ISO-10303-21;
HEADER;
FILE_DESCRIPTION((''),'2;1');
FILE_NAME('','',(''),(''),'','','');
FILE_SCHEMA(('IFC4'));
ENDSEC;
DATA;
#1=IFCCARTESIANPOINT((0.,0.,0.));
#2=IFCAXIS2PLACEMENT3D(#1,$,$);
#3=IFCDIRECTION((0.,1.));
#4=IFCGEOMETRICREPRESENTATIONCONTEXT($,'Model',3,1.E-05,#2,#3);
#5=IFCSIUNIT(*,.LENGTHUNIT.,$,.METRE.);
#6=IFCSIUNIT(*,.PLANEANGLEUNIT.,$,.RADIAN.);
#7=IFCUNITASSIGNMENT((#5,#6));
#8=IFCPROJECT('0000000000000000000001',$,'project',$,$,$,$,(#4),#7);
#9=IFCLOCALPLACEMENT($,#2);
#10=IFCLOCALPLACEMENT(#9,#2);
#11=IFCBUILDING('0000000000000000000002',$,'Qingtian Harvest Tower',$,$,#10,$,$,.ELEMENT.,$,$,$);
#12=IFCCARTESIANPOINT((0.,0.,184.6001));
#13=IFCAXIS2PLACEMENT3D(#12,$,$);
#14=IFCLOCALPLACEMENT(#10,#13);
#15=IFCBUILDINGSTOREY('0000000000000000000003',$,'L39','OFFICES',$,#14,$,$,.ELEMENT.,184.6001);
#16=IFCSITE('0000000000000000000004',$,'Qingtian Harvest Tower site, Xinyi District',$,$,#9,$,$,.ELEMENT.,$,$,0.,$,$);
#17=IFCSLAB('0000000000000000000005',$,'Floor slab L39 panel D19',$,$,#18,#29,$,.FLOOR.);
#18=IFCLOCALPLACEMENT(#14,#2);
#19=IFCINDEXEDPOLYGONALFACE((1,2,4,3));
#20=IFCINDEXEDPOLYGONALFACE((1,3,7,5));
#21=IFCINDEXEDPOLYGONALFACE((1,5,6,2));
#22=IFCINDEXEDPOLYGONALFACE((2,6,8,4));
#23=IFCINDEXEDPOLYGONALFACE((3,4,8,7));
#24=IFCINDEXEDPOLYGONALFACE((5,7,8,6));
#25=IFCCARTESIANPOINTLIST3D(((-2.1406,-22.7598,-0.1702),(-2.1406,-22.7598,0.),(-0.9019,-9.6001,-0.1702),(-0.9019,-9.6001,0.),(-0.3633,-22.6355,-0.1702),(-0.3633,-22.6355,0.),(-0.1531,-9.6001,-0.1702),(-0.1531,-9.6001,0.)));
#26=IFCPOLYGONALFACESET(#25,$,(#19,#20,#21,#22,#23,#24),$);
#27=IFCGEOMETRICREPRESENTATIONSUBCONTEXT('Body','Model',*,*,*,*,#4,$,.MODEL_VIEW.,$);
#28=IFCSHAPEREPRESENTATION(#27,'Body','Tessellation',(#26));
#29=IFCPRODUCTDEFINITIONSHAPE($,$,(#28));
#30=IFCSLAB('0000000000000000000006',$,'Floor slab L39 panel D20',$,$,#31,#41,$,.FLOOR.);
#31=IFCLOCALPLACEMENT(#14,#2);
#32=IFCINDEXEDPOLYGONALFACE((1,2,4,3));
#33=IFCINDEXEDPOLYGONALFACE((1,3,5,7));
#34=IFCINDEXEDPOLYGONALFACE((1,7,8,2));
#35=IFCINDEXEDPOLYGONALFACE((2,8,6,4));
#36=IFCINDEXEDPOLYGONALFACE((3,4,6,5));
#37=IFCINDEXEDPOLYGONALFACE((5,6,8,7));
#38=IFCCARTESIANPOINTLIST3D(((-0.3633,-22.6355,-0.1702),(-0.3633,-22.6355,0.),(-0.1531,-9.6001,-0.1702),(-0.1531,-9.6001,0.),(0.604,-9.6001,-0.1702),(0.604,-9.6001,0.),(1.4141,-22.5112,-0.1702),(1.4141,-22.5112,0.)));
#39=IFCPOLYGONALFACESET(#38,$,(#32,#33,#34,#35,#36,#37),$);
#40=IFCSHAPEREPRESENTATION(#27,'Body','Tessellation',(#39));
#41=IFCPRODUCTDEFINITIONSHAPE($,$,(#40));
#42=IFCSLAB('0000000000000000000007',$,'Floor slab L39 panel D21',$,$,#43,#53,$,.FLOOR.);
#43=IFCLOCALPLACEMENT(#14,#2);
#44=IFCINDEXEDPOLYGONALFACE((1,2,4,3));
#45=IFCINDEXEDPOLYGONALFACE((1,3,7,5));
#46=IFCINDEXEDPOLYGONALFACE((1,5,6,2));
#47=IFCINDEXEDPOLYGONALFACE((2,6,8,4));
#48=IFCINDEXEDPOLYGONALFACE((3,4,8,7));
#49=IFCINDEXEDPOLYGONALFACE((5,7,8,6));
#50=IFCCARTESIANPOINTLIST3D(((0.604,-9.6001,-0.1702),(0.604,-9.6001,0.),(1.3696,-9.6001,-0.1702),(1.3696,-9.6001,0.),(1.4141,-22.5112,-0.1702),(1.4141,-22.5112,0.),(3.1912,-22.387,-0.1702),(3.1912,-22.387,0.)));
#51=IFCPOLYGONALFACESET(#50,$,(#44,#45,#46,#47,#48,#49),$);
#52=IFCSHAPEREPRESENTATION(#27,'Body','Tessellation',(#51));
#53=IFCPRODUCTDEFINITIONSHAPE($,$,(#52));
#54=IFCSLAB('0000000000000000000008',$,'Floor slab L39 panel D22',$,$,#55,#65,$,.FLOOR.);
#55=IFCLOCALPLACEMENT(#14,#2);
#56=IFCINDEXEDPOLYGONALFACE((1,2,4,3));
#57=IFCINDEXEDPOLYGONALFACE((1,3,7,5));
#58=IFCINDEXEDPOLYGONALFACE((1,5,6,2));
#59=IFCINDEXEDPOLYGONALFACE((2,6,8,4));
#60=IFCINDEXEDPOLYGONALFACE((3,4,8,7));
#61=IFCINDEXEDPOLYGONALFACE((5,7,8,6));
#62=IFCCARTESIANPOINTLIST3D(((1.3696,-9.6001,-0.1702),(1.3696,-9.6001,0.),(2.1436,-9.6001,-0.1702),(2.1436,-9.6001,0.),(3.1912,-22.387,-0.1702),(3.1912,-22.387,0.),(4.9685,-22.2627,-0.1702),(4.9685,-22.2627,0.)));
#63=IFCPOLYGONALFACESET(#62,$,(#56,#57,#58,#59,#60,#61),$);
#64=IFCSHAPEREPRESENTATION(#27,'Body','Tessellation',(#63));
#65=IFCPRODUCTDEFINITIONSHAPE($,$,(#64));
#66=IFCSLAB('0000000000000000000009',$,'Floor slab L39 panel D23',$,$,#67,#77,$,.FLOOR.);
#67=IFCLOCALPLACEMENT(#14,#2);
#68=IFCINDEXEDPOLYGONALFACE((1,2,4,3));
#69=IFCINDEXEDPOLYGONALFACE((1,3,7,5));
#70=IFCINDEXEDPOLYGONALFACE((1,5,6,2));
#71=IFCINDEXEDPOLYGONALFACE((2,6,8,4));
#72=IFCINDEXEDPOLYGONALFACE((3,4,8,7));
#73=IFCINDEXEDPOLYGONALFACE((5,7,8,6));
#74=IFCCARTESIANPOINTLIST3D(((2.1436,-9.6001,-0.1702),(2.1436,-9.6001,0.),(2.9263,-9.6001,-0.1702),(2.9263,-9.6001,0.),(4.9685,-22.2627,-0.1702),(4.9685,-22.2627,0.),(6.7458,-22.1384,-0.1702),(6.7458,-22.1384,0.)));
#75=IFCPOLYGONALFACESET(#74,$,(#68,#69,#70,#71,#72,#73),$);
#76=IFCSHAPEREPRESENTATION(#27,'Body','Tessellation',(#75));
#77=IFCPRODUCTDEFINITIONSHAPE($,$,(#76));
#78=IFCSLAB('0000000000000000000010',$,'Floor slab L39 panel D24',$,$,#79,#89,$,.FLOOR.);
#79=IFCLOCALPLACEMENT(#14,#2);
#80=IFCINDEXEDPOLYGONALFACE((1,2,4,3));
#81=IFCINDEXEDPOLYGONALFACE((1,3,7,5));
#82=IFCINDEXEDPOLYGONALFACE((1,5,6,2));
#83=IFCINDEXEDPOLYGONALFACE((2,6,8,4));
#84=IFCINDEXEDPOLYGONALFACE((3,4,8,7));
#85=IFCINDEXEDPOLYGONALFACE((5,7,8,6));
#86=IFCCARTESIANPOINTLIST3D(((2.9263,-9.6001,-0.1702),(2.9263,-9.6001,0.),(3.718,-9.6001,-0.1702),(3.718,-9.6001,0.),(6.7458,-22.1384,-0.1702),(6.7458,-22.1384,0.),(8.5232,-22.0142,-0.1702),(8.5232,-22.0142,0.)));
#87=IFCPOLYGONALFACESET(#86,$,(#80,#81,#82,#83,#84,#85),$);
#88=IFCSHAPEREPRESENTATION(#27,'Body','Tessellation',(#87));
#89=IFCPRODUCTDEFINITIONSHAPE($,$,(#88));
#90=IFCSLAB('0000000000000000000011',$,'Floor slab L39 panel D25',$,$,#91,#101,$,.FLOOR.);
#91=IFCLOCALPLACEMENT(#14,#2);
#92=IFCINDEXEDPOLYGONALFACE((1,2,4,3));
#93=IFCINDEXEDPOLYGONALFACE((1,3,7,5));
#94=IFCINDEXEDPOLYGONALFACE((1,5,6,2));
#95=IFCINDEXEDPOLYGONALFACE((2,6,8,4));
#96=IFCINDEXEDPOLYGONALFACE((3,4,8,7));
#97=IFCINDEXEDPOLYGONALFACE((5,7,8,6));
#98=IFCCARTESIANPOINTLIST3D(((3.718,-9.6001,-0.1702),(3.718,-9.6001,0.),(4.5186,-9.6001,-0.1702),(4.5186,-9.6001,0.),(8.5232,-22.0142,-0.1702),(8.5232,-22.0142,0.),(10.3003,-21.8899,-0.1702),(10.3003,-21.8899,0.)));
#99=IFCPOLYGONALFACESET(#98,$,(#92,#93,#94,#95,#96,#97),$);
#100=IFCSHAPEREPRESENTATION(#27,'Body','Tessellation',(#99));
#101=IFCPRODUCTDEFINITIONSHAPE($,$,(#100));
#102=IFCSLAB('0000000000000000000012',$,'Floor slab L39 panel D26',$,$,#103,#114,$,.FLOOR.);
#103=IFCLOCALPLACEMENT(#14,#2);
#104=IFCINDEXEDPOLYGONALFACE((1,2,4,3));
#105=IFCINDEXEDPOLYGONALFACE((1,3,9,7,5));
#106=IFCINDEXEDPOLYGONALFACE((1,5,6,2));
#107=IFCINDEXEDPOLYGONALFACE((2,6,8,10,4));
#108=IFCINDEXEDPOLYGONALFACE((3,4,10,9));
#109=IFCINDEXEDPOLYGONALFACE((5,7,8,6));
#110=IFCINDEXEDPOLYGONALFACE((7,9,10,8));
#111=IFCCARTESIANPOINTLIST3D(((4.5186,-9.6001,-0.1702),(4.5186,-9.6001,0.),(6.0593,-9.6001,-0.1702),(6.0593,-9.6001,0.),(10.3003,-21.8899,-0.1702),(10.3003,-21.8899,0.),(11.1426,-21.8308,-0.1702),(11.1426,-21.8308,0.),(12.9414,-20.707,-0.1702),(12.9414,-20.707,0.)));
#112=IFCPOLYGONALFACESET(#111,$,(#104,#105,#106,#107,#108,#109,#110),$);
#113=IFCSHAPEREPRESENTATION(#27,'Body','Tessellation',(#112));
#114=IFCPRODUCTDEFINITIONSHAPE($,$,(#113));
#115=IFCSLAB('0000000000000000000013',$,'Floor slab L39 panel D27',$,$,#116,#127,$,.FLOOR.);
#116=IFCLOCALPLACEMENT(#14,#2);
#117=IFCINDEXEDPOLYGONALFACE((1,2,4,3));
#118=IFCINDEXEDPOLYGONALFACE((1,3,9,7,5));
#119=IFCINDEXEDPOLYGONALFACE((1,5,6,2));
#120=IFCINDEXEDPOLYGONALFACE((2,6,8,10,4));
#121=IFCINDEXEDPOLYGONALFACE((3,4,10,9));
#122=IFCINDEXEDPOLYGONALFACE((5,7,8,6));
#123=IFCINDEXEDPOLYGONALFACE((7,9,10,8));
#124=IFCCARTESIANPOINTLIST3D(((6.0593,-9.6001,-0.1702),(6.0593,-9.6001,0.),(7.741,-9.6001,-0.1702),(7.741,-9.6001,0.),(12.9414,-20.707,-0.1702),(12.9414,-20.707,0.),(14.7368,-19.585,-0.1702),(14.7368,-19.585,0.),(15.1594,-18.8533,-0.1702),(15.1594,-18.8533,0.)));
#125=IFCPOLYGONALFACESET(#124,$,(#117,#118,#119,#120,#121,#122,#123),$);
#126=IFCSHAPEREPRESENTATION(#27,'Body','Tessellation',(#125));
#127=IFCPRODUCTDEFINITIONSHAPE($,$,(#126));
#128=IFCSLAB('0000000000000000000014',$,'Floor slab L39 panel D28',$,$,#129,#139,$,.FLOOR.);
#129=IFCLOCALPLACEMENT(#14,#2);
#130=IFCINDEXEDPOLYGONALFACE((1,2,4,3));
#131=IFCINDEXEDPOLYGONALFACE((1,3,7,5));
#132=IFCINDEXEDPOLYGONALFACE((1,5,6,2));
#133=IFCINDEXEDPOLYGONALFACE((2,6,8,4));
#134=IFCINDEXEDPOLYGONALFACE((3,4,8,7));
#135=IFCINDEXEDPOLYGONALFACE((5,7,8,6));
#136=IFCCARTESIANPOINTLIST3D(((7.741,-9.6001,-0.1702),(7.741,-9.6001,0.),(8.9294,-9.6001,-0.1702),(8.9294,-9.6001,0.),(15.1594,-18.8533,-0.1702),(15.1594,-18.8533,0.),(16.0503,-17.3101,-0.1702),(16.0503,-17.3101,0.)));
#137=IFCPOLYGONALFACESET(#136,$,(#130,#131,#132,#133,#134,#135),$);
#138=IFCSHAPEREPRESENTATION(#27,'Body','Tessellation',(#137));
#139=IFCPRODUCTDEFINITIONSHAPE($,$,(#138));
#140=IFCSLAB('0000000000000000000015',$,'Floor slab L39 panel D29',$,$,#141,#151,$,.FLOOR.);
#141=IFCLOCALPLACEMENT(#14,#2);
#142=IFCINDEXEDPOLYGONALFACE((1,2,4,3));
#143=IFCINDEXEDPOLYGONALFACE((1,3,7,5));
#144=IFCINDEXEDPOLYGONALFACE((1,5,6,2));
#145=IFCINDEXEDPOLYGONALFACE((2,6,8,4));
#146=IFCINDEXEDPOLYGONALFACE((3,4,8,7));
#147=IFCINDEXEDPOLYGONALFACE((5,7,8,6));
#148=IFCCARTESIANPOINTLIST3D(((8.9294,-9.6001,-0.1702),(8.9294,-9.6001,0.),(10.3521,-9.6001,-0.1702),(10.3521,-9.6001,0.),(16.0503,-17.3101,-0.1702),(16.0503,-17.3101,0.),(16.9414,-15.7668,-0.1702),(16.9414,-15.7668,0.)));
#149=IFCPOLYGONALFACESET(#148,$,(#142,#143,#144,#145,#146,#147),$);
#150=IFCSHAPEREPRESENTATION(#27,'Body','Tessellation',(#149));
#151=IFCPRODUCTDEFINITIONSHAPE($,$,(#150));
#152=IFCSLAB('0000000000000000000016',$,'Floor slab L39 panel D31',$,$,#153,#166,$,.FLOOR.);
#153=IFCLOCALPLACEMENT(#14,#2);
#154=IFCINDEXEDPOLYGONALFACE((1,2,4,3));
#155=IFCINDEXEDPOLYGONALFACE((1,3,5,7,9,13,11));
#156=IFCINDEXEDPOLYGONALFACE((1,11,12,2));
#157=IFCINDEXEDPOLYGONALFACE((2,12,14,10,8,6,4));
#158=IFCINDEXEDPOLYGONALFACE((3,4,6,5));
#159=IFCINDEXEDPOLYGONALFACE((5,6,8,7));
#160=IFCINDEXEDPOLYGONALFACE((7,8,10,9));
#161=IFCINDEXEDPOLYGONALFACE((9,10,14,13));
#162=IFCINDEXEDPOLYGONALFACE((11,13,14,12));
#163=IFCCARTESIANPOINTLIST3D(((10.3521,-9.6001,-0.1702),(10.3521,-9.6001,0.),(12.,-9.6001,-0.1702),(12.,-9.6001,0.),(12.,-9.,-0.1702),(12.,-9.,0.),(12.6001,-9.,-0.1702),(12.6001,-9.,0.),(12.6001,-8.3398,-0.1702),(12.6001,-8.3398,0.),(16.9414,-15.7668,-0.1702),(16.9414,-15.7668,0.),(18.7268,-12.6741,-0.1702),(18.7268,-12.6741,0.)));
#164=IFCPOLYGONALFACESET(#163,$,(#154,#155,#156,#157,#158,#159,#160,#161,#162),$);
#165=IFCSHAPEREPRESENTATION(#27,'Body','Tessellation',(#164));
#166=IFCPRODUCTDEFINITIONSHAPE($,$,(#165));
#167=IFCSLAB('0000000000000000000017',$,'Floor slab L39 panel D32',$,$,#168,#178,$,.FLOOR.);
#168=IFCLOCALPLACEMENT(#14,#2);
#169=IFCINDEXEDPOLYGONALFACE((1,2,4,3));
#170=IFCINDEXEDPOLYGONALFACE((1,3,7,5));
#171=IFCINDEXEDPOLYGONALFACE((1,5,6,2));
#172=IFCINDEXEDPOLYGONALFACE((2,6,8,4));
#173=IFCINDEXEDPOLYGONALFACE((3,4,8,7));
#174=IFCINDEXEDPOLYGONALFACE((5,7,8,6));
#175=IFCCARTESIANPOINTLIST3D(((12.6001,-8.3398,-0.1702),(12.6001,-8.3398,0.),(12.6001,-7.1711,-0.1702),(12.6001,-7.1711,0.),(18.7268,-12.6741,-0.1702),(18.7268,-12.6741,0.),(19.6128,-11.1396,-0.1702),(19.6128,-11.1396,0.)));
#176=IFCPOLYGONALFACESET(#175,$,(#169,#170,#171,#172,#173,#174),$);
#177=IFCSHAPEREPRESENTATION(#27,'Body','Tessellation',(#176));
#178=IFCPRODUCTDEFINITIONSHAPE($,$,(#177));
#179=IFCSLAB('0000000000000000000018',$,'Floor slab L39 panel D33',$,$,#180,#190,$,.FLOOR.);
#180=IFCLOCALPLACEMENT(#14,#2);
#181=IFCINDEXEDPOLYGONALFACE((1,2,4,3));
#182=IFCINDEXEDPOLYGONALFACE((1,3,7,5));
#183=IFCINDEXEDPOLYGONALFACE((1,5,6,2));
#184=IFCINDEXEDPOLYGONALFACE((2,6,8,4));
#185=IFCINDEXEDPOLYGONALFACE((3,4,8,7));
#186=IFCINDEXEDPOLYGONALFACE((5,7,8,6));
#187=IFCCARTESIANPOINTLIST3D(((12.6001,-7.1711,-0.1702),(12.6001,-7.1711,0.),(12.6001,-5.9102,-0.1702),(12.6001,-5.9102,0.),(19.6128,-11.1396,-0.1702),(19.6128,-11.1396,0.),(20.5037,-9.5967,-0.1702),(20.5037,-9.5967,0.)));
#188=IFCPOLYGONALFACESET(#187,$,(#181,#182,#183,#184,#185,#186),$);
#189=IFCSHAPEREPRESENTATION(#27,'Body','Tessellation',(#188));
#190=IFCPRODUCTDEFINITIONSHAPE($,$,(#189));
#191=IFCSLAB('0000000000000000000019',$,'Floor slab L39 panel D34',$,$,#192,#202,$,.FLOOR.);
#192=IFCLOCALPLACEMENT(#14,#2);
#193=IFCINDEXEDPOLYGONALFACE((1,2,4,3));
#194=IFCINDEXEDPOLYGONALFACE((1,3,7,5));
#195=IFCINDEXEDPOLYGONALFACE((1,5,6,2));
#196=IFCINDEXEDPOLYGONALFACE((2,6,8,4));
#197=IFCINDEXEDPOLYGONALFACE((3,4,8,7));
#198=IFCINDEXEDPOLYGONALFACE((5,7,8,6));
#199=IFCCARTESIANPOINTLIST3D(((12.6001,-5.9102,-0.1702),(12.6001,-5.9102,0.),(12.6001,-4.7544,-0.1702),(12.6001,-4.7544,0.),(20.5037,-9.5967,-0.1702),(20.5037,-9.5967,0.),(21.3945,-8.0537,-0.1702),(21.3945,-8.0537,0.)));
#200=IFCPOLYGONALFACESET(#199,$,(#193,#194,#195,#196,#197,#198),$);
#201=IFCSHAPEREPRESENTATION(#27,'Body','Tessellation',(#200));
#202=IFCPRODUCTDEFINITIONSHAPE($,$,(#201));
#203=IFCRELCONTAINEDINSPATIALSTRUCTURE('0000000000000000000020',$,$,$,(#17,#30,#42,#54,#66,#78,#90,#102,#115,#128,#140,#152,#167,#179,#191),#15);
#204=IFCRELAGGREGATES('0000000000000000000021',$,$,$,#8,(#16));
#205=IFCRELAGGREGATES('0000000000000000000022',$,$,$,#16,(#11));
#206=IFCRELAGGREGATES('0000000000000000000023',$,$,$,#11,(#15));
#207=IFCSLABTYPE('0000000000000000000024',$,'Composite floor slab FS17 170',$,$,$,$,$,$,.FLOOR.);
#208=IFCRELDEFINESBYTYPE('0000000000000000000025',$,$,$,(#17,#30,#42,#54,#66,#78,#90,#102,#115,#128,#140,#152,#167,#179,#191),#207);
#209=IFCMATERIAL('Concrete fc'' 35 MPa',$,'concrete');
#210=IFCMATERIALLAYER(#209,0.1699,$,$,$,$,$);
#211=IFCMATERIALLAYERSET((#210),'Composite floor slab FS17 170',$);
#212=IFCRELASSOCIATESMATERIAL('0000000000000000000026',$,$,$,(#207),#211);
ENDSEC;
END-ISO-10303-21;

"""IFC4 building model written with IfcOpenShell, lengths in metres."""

from ifc_helpers import new_model, si_unit, direction, frame, origin, place, context, subcontext, project, spatial, polyline, outline, extrude, material, layer, layer_set, type_object, element, save


model = new_model("IFC4")

# Units and contexts
model_context = context("Model", 3, precision=1e-05, world=origin(), true_north=direction((0.0, 1.0)))
body_context = subcontext(model_context, "Body", "Model", "MODEL_VIEW")
ifc_project = project(units=[si_unit("LENGTHUNIT", "METRE"), si_unit("PLANEANGLEUNIT", "RADIAN")], contexts=[model_context])

# Site, building, storey
site_placement = place(None, origin())
site = spatial("IfcSite", under=ifc_project, at=site_placement, Name="Qingtian Harvest Tower site, Xinyi District", CompositionType="ELEMENT", RefElevation=0.0)
building_placement = place(site_placement, origin())
building = spatial("IfcBuilding", under=site, at=building_placement, Name="Qingtian Harvest Tower", CompositionType="ELEMENT")
storey_placement = place(building_placement, frame((0.0, 0.0, 184.6001)))
storey = spatial("IfcBuildingStorey", under=building, at=storey_placement, Name="L39", Description="OFFICES", CompositionType="ELEMENT", Elevation=184.6001)

# Slabs
ifc_material = material(Name="Concrete fc' 35 MPa", Category="concrete")
ifc_layer = layer(ifc_material, 0.1699)
ifc_layer_set = layer_set([ifc_layer], Name="Composite floor slab FS17 170")
slab_type = type_object("IfcSlabType", Name="Composite floor slab FS17 170", PredefinedType="FLOOR", material=ifc_layer_set)
slab_1_placement = place(storey_placement, frame((0.0, 0.0, -0.1702)))
element("IfcSlab", 1, at=slab_1_placement, inside=storey, type_object=slab_type, Name="Floor slab L39 panel D19", PredefinedType="FLOOR", context=body_context, shape_type="SweptSolid", body=[
    extrude(outline(polyline([(-0.1531, -9.6001), (-0.3633, -22.6355), (-2.1406, -22.7598), (-0.9019, -9.6001), (-0.1531, -9.6001)])), origin(), (0.0, 0.0, 1.0), 0.1702),
])
slab_2_placement = place(storey_placement, frame((0.0, 0.0, -0.1702)))
element("IfcSlab", 2, at=slab_2_placement, inside=storey, type_object=slab_type, Name="Floor slab L39 panel D20", PredefinedType="FLOOR", context=body_context, shape_type="SweptSolid", body=[
    extrude(outline(polyline([(0.604, -9.6001), (1.4141, -22.5112), (-0.3633, -22.6355), (-0.1531, -9.6001), (0.604, -9.6001)])), origin(), (0.0, 0.0, 1.0), 0.1702),
])
slab_3_placement = place(storey_placement, frame((0.0, 0.0, -0.1702)))
element("IfcSlab", 3, at=slab_3_placement, inside=storey, type_object=slab_type, Name="Floor slab L39 panel D21", PredefinedType="FLOOR", context=body_context, shape_type="SweptSolid", body=[
    extrude(outline(polyline([(1.3696, -9.6001), (3.1912, -22.387), (1.4141, -22.5112), (0.604, -9.6001), (1.3696, -9.6001)])), origin(), (0.0, 0.0, 1.0), 0.1702),
])
slab_4_placement = place(storey_placement, frame((0.0, 0.0, -0.1702)))
element("IfcSlab", 4, at=slab_4_placement, inside=storey, type_object=slab_type, Name="Floor slab L39 panel D22", PredefinedType="FLOOR", context=body_context, shape_type="SweptSolid", body=[
    extrude(outline(polyline([(2.1436, -9.6001), (4.9685, -22.2627), (3.1912, -22.387), (1.3696, -9.6001), (2.1436, -9.6001)])), origin(), (0.0, 0.0, 1.0), 0.1702),
])
slab_5_placement = place(storey_placement, frame((0.0, 0.0, -0.1702)))
element("IfcSlab", 5, at=slab_5_placement, inside=storey, type_object=slab_type, Name="Floor slab L39 panel D23", PredefinedType="FLOOR", context=body_context, shape_type="SweptSolid", body=[
    extrude(outline(polyline([(2.9263, -9.6001), (6.7458, -22.1384), (4.9685, -22.2627), (2.1436, -9.6001), (2.9263, -9.6001)])), origin(), (0.0, 0.0, 1.0), 0.1702),
])
slab_6_placement = place(storey_placement, frame((0.0, 0.0, -0.1702)))
element("IfcSlab", 6, at=slab_6_placement, inside=storey, type_object=slab_type, Name="Floor slab L39 panel D24", PredefinedType="FLOOR", context=body_context, shape_type="SweptSolid", body=[
    extrude(outline(polyline([(3.718, -9.6001), (8.5232, -22.0142), (6.7458, -22.1384), (2.9263, -9.6001), (3.718, -9.6001)])), origin(), (0.0, 0.0, 1.0), 0.1702),
])
slab_7_placement = place(storey_placement, frame((0.0, 0.0, -0.1702)))
element("IfcSlab", 7, at=slab_7_placement, inside=storey, type_object=slab_type, Name="Floor slab L39 panel D25", PredefinedType="FLOOR", context=body_context, shape_type="SweptSolid", body=[
    extrude(outline(polyline([(4.5186, -9.6001), (10.3003, -21.8899), (8.5232, -22.0142), (3.718, -9.6001), (4.5186, -9.6001)])), origin(), (0.0, 0.0, 1.0), 0.1702),
])
slab_8_placement = place(storey_placement, frame((0.0, 0.0, -0.1702)))
element("IfcSlab", 8, at=slab_8_placement, inside=storey, type_object=slab_type, Name="Floor slab L39 panel D26", PredefinedType="FLOOR", context=body_context, shape_type="SweptSolid", body=[
    extrude(outline(polyline([(4.5186, -9.6001), (6.0593, -9.6001), (12.9414, -20.707), (11.1426, -21.8308), (10.3003, -21.8899), (4.5186, -9.6001)])), origin(), (0.0, 0.0, 1.0), 0.1702),
])
slab_9_placement = place(storey_placement, frame((0.0, 0.0, -0.1702)))
element("IfcSlab", 9, at=slab_9_placement, inside=storey, type_object=slab_type, Name="Floor slab L39 panel D27", PredefinedType="FLOOR", context=body_context, shape_type="SweptSolid", body=[
    extrude(outline(polyline([(6.0593, -9.6001), (7.741, -9.6001), (15.1594, -18.8533), (14.7368, -19.585), (12.9414, -20.707), (6.0593, -9.6001)])), origin(), (0.0, 0.0, 1.0), 0.1702),
])
slab_10_placement = place(storey_placement, frame((0.0, 0.0, -0.1702)))
element("IfcSlab", 10, at=slab_10_placement, inside=storey, type_object=slab_type, Name="Floor slab L39 panel D28", PredefinedType="FLOOR", context=body_context, shape_type="SweptSolid", body=[
    extrude(outline(polyline([(8.9294, -9.6001), (16.0503, -17.3101), (15.1594, -18.8533), (7.741, -9.6001), (8.9294, -9.6001)])), origin(), (0.0, 0.0, 1.0), 0.1702),
])
slab_11_placement = place(storey_placement, frame((0.0, 0.0, -0.1702)))
element("IfcSlab", 11, at=slab_11_placement, inside=storey, type_object=slab_type, Name="Floor slab L39 panel D29", PredefinedType="FLOOR", context=body_context, shape_type="SweptSolid", body=[
    extrude(outline(polyline([(10.3521, -9.6001), (16.9414, -15.7668), (16.0503, -17.3101), (8.9294, -9.6001), (10.3521, -9.6001)])), origin(), (0.0, 0.0, 1.0), 0.1702),
])
slab_12_placement = place(storey_placement, frame((0.0, 0.0, -0.1702)))
element("IfcSlab", 12, at=slab_12_placement, inside=storey, type_object=slab_type, Name="Floor slab L39 panel D31", PredefinedType="FLOOR", context=body_context, shape_type="SweptSolid", body=[
    extrude(outline(polyline([(12.6001, -8.3398), (18.7268, -12.6741), (16.9414, -15.7668), (10.3521, -9.6001), (12.0, -9.6001), (12.0, -9.0), (12.6001, -9.0), (12.6001, -8.3398)])), origin(), (0.0, 0.0, 1.0), 0.1702),
])
slab_13_placement = place(storey_placement, frame((0.0, 0.0, -0.1702)))
element("IfcSlab", 13, at=slab_13_placement, inside=storey, type_object=slab_type, Name="Floor slab L39 panel D32", PredefinedType="FLOOR", context=body_context, shape_type="SweptSolid", body=[
    extrude(outline(polyline([(12.6001, -7.1711), (19.6128, -11.1396), (18.7268, -12.6741), (12.6001, -8.3398), (12.6001, -7.1711)])), origin(), (0.0, 0.0, 1.0), 0.1702),
])
slab_14_placement = place(storey_placement, frame((0.0, 0.0, -0.1702)))
element("IfcSlab", 14, at=slab_14_placement, inside=storey, type_object=slab_type, Name="Floor slab L39 panel D33", PredefinedType="FLOOR", context=body_context, shape_type="SweptSolid", body=[
    extrude(outline(polyline([(12.6001, -5.9102), (20.5037, -9.5967), (19.6128, -11.1396), (12.6001, -7.1711), (12.6001, -5.9102)])), origin(), (0.0, 0.0, 1.0), 0.1702),
])
slab_15_placement = place(storey_placement, frame((0.0, 0.0, -0.1702)))
element("IfcSlab", 15, at=slab_15_placement, inside=storey, type_object=slab_type, Name="Floor slab L39 panel D34", PredefinedType="FLOOR", context=body_context, shape_type="SweptSolid", body=[
    extrude(outline(polyline([(12.6001, -4.7544), (21.3945, -8.0537), (20.5037, -9.5967), (12.6001, -5.9102), (12.6001, -4.7544)])), origin(), (0.0, 0.0, 1.0), 0.1702),
])

save(model, "model.ifc")
